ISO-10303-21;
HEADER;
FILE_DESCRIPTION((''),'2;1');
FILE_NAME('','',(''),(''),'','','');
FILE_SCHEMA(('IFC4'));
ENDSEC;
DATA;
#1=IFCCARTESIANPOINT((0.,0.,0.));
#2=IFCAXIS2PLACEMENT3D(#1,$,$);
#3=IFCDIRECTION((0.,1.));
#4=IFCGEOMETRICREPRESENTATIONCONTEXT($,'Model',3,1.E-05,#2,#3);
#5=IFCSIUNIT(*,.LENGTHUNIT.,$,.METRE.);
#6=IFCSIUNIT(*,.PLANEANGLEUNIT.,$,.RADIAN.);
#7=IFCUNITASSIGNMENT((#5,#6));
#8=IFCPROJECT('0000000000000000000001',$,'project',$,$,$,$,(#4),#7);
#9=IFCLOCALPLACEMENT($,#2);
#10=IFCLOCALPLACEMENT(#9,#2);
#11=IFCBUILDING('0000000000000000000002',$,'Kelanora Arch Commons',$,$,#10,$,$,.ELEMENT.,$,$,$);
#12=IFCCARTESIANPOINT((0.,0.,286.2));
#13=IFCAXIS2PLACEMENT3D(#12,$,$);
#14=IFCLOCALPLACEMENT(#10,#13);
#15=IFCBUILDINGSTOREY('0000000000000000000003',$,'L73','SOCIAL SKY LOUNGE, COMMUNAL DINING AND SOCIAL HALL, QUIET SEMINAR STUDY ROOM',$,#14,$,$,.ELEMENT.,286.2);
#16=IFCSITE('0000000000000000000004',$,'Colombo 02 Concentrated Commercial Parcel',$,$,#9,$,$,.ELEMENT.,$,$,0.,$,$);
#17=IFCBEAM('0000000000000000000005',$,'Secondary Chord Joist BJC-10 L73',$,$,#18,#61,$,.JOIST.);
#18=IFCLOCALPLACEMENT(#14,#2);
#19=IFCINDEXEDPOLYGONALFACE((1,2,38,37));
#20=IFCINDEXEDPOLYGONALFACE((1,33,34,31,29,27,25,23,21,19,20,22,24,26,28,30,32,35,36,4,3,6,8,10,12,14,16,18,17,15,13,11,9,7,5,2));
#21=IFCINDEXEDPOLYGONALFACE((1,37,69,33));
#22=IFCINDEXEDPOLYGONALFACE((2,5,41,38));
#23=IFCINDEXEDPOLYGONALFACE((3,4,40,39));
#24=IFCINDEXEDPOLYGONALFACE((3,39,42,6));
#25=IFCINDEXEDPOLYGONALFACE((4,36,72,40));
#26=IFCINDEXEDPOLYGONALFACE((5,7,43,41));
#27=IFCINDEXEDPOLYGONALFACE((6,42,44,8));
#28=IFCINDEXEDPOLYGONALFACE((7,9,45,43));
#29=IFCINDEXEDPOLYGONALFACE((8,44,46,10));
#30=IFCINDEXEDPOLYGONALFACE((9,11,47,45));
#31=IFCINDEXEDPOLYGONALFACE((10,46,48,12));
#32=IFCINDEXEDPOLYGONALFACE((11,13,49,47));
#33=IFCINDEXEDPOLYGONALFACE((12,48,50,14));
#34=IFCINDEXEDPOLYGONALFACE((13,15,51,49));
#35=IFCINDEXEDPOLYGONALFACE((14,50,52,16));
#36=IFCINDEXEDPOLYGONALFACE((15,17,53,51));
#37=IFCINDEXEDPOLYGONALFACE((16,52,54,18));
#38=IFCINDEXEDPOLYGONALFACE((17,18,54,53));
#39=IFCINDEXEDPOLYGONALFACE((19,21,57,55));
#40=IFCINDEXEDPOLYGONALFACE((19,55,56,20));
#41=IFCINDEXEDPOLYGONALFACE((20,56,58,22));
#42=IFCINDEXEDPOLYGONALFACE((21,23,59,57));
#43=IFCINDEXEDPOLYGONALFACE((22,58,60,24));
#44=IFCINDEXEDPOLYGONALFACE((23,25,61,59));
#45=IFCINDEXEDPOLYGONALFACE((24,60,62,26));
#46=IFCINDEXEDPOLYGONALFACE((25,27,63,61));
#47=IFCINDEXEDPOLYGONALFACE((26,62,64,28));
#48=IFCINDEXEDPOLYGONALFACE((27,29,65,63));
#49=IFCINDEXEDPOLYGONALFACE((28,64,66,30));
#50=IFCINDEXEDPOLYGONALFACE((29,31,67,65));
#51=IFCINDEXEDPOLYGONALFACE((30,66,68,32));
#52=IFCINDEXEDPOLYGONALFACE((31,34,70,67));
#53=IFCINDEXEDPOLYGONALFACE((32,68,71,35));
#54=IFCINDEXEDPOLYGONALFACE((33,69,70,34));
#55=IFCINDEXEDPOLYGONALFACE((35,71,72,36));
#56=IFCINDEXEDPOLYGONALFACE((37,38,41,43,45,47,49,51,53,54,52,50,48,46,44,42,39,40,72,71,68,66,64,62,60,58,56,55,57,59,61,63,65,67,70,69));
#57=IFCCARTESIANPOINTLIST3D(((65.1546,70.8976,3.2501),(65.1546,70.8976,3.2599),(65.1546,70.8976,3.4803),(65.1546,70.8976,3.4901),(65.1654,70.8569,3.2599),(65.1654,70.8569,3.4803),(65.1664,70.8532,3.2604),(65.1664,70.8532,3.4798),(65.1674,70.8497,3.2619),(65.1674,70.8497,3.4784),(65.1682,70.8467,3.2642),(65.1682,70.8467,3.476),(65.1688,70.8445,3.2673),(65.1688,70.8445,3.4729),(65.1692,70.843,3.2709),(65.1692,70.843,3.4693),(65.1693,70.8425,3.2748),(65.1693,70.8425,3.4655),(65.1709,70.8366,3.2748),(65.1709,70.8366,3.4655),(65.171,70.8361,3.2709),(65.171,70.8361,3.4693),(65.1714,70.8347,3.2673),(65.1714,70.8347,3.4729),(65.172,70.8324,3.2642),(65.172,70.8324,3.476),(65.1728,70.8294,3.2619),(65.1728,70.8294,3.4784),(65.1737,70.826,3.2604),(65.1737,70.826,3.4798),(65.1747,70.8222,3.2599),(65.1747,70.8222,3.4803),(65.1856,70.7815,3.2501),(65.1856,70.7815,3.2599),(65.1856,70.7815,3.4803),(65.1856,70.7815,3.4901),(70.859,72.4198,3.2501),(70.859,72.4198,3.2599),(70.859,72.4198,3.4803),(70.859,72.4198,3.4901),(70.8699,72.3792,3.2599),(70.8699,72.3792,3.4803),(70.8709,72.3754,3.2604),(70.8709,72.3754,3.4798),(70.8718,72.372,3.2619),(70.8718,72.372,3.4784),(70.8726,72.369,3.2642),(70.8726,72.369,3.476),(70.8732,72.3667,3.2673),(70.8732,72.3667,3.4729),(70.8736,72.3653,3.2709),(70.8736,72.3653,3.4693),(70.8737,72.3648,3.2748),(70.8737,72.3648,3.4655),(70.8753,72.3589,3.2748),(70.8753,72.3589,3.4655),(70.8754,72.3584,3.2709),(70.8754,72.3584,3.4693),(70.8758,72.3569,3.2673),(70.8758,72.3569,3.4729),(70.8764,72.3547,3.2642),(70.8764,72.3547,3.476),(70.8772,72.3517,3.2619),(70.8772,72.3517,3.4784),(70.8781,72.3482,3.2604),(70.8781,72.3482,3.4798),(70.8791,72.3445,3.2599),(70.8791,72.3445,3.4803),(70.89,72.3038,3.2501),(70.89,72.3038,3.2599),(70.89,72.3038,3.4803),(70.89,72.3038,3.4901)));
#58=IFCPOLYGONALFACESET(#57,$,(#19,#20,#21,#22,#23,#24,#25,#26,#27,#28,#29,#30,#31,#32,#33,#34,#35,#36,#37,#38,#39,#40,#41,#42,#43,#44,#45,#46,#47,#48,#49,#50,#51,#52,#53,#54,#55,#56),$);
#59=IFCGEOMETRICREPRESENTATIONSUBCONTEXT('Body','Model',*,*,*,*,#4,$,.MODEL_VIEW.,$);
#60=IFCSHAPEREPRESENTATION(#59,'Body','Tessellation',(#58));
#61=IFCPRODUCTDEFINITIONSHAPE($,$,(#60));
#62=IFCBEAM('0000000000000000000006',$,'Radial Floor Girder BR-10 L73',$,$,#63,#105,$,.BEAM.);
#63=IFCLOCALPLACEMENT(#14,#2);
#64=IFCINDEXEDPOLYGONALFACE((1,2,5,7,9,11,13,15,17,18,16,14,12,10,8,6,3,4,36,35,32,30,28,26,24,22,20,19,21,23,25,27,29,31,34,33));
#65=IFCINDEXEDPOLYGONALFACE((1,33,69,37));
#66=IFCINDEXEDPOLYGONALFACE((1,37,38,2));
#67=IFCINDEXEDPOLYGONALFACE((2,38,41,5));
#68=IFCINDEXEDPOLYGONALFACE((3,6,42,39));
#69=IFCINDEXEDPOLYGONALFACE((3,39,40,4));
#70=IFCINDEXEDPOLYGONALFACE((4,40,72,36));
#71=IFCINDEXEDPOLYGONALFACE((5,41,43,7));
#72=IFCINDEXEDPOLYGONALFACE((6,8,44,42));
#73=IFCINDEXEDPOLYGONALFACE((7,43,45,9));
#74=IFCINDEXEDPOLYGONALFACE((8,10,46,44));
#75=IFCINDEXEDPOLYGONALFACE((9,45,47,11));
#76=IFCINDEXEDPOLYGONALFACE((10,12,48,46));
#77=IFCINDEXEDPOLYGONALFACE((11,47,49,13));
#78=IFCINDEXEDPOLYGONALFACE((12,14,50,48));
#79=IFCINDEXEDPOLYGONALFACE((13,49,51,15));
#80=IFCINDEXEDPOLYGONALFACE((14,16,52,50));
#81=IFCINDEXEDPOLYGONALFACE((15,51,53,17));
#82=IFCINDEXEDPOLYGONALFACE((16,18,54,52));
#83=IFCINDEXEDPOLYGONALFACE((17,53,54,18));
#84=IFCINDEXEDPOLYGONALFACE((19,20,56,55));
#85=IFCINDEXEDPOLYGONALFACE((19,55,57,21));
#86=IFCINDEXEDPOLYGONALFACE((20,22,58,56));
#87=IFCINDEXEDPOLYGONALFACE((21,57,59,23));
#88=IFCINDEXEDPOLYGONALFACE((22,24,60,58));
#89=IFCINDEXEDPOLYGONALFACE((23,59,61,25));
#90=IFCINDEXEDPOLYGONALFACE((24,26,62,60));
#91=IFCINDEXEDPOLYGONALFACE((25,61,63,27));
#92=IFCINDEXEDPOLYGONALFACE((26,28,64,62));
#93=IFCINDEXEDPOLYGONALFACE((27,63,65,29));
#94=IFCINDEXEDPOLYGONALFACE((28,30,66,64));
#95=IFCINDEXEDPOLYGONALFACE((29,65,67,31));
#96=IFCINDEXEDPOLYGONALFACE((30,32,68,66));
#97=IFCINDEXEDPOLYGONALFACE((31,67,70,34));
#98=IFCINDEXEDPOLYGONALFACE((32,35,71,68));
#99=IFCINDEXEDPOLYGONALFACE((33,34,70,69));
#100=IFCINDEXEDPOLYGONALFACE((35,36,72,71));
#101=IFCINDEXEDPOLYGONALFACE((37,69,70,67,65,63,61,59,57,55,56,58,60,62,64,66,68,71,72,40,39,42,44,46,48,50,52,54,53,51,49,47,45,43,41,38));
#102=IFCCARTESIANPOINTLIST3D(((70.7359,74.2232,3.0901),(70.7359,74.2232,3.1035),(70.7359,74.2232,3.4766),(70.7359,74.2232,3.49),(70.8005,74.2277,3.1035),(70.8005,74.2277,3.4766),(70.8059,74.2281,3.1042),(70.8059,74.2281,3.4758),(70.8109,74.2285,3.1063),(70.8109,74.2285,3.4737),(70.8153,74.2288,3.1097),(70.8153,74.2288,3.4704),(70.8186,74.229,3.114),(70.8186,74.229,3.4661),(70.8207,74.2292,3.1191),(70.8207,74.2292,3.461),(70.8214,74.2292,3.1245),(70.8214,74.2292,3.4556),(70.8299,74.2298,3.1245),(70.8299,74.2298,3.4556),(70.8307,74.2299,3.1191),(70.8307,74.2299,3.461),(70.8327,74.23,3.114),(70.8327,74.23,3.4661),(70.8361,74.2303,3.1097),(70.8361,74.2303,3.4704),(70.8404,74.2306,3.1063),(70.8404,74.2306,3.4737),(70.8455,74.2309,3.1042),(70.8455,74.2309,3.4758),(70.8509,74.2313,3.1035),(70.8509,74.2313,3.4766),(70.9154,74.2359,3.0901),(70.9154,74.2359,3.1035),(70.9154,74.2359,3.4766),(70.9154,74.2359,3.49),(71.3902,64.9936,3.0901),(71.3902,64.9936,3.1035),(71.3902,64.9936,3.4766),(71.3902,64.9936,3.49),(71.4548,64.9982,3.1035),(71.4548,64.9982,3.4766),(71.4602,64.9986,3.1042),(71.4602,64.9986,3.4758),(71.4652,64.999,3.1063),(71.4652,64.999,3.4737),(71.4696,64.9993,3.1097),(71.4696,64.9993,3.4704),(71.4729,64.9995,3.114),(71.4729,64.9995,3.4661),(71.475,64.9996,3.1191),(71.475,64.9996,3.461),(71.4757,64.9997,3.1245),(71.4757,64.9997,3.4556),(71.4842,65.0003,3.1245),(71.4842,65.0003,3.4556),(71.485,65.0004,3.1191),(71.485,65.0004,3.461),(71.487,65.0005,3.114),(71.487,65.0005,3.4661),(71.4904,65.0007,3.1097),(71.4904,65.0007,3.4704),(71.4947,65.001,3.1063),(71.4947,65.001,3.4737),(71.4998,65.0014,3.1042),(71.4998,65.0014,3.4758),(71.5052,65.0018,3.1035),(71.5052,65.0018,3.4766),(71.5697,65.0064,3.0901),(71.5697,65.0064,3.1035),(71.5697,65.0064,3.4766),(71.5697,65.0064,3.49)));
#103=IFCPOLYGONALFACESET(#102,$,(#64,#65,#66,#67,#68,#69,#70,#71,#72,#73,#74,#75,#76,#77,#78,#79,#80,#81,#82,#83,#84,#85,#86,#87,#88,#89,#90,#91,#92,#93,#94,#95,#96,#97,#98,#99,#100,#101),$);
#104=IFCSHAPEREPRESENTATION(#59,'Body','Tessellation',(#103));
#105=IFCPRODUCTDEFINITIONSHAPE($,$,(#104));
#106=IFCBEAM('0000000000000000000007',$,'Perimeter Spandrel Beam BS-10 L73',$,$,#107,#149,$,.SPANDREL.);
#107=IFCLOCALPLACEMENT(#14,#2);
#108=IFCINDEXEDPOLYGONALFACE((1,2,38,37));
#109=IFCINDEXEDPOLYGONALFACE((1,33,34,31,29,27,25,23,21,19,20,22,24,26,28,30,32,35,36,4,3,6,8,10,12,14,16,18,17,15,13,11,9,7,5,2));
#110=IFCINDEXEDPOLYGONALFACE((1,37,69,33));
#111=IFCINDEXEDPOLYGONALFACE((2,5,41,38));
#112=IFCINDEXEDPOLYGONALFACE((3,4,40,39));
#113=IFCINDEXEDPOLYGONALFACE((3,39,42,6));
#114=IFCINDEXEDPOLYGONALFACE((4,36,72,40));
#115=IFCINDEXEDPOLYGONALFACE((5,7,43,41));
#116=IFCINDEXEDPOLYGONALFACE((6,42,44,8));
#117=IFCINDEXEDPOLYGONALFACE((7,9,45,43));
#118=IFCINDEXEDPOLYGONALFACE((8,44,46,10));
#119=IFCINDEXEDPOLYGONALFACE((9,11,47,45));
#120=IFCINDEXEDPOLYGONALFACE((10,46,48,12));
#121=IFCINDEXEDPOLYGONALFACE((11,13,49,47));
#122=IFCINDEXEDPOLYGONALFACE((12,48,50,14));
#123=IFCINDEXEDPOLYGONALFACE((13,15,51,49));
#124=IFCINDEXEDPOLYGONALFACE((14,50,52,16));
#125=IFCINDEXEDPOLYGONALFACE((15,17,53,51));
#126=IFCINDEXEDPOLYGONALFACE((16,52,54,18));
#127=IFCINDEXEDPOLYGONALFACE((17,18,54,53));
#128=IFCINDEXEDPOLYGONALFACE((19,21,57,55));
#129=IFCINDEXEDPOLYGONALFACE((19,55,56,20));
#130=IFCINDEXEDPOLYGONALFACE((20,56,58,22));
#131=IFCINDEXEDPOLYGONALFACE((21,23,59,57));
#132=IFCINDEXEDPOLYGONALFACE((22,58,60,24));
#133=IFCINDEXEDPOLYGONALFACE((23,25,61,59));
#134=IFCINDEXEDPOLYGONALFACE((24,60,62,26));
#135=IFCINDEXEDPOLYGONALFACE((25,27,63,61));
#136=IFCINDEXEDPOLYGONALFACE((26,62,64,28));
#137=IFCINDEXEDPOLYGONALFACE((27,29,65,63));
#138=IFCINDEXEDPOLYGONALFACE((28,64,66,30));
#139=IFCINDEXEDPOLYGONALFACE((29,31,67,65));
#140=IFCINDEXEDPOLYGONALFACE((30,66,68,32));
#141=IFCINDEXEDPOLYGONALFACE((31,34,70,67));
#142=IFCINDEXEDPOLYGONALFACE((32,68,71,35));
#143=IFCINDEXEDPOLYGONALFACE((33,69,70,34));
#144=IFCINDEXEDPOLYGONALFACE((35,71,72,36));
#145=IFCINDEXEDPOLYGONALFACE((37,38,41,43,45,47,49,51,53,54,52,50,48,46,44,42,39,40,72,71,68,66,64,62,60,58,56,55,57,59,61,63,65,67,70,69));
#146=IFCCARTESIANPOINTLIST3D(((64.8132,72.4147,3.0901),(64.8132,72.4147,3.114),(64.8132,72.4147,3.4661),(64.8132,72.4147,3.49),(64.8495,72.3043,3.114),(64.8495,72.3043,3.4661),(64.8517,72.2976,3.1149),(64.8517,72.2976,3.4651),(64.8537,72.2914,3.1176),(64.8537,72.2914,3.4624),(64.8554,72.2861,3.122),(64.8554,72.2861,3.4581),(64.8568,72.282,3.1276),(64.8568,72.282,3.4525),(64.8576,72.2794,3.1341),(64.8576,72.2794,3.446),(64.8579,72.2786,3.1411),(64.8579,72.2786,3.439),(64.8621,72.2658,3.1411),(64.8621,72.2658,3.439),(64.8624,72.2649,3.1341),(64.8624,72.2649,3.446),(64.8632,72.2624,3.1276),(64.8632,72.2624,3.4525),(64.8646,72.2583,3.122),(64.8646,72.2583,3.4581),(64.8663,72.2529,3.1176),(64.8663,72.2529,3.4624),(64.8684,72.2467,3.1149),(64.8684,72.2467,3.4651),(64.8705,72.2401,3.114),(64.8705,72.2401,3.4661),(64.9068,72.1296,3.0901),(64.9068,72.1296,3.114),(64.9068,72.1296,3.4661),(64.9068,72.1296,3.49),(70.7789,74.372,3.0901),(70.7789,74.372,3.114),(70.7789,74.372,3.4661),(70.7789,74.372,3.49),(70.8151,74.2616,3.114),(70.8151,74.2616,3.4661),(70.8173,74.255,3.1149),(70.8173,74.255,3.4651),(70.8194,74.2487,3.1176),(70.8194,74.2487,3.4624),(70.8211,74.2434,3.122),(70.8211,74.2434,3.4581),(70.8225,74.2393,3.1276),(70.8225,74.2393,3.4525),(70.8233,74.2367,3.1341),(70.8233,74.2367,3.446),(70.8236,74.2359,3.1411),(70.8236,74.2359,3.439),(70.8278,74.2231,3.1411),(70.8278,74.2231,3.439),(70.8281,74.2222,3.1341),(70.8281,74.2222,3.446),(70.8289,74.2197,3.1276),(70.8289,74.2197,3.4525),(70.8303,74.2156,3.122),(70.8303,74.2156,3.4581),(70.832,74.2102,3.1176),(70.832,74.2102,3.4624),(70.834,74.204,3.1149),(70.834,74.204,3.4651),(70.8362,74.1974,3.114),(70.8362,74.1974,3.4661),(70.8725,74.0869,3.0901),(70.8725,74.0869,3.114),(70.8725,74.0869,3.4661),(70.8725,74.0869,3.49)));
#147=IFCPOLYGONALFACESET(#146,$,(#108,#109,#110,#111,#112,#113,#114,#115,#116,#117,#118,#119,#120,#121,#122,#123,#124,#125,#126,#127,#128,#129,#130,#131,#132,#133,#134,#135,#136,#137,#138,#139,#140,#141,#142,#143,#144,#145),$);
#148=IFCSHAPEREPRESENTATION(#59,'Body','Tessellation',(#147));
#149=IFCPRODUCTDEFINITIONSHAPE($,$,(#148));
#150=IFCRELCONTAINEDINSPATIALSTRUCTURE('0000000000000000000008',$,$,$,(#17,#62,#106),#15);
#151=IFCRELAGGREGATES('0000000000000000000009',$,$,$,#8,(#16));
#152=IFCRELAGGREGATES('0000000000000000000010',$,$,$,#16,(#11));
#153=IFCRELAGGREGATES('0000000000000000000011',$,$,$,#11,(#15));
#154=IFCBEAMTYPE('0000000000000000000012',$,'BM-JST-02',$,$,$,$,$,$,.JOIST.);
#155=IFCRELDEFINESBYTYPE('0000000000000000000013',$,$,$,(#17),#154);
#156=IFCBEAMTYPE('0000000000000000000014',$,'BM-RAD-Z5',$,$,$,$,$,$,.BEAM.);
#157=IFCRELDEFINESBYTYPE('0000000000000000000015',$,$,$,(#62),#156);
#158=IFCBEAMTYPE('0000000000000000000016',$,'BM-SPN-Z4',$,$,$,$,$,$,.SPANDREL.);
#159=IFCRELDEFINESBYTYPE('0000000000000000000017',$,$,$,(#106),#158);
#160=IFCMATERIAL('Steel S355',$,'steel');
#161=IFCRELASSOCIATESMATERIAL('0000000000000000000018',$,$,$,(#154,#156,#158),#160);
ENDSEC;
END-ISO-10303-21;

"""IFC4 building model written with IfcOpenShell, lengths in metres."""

from ifc_helpers import new_model, si_unit, direction, frame, origin, origin_2d, place, context, subcontext, project, spatial, i_section, extrude, material, material_profile, profile_set, type_object, element, save


model = new_model("IFC4")

# Units and contexts
model_context = context("Model", 3, precision=1e-05, world=origin(), true_north=direction((0.0, 1.0)))
body_context = subcontext(model_context, "Body", "Model", "MODEL_VIEW")
ifc_project = project(units=[si_unit("LENGTHUNIT", "METRE"), si_unit("PLANEANGLEUNIT", "RADIAN")], contexts=[model_context])

# Site, building, storey
site_placement = place(None, origin())
site = spatial("IfcSite", under=ifc_project, at=site_placement, Name="Colombo 02 Concentrated Commercial Parcel", CompositionType="ELEMENT", RefElevation=0.0)
building_placement = place(site_placement, origin())
building = spatial("IfcBuilding", under=site, at=building_placement, Name="Kelanora Arch Commons", CompositionType="ELEMENT")
storey_placement = place(building_placement, frame((0.0, 0.0, 286.2)))
storey = spatial("IfcBuildingStorey", under=building, at=storey_placement, Name="L73", Description="SOCIAL SKY LOUNGE, COMMUNAL DINING AND SOCIAL HALL, QUIET SEMINAR STUDY ROOM", CompositionType="ELEMENT", Elevation=286.2)

# Beams
ifc_material_1 = material(Name="Steel S355", Category="steel")
ifc_material_profile_1 = material_profile(ifc_material_1, i_section(OverallWidth=0.1201, OverallDepth=0.24, WebThickness=0.0061, FlangeThickness=0.0098, FilletRadius=0.0149, at=origin_2d()), Name="IPE240")
ifc_profile_set_1 = profile_set([ifc_material_profile_1], Name="Steel S355")
beam_type_1 = type_object("IfcBeamType", Name="BM-JST-02", PredefinedType="JOIST", material=ifc_profile_set_1)
beam_1_placement = place(storey_placement, frame((70.8745, 72.3618, 3.3701), z_axis=(-0.96619, -0.25783, 0.0), x_axis=(0.25783, -0.96619, 0.0)))
element("IfcBeam", 1, at=beam_1_placement, inside=storey, type_object=beam_type_1, Name="Secondary Chord Joist BJC-10 L73", PredefinedType="JOIST", context=body_context, shape_type="SweptSolid", body=[
    extrude(i_section(OverallWidth=0.1201, OverallDepth=0.24, WebThickness=0.0061, FlangeThickness=0.0098, FilletRadius=0.0149, at=origin_2d()), origin(), (0.0, 0.0, 1.0), 5.9041),
])
ifc_material_profile_2 = material_profile(ifc_material_1, i_section(OverallWidth=0.1799, OverallDepth=0.3999, WebThickness=0.0085, FlangeThickness=0.0134, FilletRadius=0.021, at=origin_2d()), Name="IPE400")
ifc_profile_set_2 = profile_set([ifc_material_profile_2], Name="Steel S355")
beam_type_2 = type_object("IfcBeamType", Name="BM-RAD-Z5", PredefinedType="BEAM", material=ifc_profile_set_2)
beam_2_placement = place(storey_placement, frame((71.48, 65.0, 3.29), z_axis=(-0.070714, 0.997497, 0.0), x_axis=(-0.997497, -0.070714, 0.0)))
element("IfcBeam", 2, at=beam_2_placement, inside=storey, type_object=beam_type_2, Name="Radial Floor Girder BR-10 L73", PredefinedType="BEAM", context=body_context, shape_type="SweptSolid", body=[
    extrude(i_section(OverallWidth=0.1799, OverallDepth=0.3999, WebThickness=0.0085, FlangeThickness=0.0134, FilletRadius=0.021, at=origin_2d()), origin(), (0.0, 0.0, 1.0), 9.2527),
])
ifc_material_profile_3 = material_profile(ifc_material_1, i_section(OverallWidth=0.3, OverallDepth=0.3999, WebThickness=0.0134, FlangeThickness=0.0239, FilletRadius=0.0271, at=origin_2d()), Name="HEB400")
ifc_profile_set_3 = profile_set([ifc_material_profile_3], Name="Steel S355")
beam_type_3 = type_object("IfcBeamType", Name="BM-SPN-Z4", PredefinedType="SPANDREL", material=ifc_profile_set_3)
beam_3_placement = place(storey_placement, frame((70.8257, 74.2295, 3.29), z_axis=(-0.950166, -0.311745, 0.0), x_axis=(0.311745, -0.950166, 0.0)))
element("IfcBeam", 3, at=beam_3_placement, inside=storey, type_object=beam_type_3, Name="Perimeter Spandrel Beam BS-10 L73", PredefinedType="SPANDREL", context=body_context, shape_type="SweptSolid", body=[
    extrude(i_section(OverallWidth=0.3, OverallDepth=0.3999, WebThickness=0.0134, FlangeThickness=0.0239, FilletRadius=0.0271, at=origin_2d()), origin(), (0.0, 0.0, 1.0), 6.2786),
])

save(model, "model.ifc")
